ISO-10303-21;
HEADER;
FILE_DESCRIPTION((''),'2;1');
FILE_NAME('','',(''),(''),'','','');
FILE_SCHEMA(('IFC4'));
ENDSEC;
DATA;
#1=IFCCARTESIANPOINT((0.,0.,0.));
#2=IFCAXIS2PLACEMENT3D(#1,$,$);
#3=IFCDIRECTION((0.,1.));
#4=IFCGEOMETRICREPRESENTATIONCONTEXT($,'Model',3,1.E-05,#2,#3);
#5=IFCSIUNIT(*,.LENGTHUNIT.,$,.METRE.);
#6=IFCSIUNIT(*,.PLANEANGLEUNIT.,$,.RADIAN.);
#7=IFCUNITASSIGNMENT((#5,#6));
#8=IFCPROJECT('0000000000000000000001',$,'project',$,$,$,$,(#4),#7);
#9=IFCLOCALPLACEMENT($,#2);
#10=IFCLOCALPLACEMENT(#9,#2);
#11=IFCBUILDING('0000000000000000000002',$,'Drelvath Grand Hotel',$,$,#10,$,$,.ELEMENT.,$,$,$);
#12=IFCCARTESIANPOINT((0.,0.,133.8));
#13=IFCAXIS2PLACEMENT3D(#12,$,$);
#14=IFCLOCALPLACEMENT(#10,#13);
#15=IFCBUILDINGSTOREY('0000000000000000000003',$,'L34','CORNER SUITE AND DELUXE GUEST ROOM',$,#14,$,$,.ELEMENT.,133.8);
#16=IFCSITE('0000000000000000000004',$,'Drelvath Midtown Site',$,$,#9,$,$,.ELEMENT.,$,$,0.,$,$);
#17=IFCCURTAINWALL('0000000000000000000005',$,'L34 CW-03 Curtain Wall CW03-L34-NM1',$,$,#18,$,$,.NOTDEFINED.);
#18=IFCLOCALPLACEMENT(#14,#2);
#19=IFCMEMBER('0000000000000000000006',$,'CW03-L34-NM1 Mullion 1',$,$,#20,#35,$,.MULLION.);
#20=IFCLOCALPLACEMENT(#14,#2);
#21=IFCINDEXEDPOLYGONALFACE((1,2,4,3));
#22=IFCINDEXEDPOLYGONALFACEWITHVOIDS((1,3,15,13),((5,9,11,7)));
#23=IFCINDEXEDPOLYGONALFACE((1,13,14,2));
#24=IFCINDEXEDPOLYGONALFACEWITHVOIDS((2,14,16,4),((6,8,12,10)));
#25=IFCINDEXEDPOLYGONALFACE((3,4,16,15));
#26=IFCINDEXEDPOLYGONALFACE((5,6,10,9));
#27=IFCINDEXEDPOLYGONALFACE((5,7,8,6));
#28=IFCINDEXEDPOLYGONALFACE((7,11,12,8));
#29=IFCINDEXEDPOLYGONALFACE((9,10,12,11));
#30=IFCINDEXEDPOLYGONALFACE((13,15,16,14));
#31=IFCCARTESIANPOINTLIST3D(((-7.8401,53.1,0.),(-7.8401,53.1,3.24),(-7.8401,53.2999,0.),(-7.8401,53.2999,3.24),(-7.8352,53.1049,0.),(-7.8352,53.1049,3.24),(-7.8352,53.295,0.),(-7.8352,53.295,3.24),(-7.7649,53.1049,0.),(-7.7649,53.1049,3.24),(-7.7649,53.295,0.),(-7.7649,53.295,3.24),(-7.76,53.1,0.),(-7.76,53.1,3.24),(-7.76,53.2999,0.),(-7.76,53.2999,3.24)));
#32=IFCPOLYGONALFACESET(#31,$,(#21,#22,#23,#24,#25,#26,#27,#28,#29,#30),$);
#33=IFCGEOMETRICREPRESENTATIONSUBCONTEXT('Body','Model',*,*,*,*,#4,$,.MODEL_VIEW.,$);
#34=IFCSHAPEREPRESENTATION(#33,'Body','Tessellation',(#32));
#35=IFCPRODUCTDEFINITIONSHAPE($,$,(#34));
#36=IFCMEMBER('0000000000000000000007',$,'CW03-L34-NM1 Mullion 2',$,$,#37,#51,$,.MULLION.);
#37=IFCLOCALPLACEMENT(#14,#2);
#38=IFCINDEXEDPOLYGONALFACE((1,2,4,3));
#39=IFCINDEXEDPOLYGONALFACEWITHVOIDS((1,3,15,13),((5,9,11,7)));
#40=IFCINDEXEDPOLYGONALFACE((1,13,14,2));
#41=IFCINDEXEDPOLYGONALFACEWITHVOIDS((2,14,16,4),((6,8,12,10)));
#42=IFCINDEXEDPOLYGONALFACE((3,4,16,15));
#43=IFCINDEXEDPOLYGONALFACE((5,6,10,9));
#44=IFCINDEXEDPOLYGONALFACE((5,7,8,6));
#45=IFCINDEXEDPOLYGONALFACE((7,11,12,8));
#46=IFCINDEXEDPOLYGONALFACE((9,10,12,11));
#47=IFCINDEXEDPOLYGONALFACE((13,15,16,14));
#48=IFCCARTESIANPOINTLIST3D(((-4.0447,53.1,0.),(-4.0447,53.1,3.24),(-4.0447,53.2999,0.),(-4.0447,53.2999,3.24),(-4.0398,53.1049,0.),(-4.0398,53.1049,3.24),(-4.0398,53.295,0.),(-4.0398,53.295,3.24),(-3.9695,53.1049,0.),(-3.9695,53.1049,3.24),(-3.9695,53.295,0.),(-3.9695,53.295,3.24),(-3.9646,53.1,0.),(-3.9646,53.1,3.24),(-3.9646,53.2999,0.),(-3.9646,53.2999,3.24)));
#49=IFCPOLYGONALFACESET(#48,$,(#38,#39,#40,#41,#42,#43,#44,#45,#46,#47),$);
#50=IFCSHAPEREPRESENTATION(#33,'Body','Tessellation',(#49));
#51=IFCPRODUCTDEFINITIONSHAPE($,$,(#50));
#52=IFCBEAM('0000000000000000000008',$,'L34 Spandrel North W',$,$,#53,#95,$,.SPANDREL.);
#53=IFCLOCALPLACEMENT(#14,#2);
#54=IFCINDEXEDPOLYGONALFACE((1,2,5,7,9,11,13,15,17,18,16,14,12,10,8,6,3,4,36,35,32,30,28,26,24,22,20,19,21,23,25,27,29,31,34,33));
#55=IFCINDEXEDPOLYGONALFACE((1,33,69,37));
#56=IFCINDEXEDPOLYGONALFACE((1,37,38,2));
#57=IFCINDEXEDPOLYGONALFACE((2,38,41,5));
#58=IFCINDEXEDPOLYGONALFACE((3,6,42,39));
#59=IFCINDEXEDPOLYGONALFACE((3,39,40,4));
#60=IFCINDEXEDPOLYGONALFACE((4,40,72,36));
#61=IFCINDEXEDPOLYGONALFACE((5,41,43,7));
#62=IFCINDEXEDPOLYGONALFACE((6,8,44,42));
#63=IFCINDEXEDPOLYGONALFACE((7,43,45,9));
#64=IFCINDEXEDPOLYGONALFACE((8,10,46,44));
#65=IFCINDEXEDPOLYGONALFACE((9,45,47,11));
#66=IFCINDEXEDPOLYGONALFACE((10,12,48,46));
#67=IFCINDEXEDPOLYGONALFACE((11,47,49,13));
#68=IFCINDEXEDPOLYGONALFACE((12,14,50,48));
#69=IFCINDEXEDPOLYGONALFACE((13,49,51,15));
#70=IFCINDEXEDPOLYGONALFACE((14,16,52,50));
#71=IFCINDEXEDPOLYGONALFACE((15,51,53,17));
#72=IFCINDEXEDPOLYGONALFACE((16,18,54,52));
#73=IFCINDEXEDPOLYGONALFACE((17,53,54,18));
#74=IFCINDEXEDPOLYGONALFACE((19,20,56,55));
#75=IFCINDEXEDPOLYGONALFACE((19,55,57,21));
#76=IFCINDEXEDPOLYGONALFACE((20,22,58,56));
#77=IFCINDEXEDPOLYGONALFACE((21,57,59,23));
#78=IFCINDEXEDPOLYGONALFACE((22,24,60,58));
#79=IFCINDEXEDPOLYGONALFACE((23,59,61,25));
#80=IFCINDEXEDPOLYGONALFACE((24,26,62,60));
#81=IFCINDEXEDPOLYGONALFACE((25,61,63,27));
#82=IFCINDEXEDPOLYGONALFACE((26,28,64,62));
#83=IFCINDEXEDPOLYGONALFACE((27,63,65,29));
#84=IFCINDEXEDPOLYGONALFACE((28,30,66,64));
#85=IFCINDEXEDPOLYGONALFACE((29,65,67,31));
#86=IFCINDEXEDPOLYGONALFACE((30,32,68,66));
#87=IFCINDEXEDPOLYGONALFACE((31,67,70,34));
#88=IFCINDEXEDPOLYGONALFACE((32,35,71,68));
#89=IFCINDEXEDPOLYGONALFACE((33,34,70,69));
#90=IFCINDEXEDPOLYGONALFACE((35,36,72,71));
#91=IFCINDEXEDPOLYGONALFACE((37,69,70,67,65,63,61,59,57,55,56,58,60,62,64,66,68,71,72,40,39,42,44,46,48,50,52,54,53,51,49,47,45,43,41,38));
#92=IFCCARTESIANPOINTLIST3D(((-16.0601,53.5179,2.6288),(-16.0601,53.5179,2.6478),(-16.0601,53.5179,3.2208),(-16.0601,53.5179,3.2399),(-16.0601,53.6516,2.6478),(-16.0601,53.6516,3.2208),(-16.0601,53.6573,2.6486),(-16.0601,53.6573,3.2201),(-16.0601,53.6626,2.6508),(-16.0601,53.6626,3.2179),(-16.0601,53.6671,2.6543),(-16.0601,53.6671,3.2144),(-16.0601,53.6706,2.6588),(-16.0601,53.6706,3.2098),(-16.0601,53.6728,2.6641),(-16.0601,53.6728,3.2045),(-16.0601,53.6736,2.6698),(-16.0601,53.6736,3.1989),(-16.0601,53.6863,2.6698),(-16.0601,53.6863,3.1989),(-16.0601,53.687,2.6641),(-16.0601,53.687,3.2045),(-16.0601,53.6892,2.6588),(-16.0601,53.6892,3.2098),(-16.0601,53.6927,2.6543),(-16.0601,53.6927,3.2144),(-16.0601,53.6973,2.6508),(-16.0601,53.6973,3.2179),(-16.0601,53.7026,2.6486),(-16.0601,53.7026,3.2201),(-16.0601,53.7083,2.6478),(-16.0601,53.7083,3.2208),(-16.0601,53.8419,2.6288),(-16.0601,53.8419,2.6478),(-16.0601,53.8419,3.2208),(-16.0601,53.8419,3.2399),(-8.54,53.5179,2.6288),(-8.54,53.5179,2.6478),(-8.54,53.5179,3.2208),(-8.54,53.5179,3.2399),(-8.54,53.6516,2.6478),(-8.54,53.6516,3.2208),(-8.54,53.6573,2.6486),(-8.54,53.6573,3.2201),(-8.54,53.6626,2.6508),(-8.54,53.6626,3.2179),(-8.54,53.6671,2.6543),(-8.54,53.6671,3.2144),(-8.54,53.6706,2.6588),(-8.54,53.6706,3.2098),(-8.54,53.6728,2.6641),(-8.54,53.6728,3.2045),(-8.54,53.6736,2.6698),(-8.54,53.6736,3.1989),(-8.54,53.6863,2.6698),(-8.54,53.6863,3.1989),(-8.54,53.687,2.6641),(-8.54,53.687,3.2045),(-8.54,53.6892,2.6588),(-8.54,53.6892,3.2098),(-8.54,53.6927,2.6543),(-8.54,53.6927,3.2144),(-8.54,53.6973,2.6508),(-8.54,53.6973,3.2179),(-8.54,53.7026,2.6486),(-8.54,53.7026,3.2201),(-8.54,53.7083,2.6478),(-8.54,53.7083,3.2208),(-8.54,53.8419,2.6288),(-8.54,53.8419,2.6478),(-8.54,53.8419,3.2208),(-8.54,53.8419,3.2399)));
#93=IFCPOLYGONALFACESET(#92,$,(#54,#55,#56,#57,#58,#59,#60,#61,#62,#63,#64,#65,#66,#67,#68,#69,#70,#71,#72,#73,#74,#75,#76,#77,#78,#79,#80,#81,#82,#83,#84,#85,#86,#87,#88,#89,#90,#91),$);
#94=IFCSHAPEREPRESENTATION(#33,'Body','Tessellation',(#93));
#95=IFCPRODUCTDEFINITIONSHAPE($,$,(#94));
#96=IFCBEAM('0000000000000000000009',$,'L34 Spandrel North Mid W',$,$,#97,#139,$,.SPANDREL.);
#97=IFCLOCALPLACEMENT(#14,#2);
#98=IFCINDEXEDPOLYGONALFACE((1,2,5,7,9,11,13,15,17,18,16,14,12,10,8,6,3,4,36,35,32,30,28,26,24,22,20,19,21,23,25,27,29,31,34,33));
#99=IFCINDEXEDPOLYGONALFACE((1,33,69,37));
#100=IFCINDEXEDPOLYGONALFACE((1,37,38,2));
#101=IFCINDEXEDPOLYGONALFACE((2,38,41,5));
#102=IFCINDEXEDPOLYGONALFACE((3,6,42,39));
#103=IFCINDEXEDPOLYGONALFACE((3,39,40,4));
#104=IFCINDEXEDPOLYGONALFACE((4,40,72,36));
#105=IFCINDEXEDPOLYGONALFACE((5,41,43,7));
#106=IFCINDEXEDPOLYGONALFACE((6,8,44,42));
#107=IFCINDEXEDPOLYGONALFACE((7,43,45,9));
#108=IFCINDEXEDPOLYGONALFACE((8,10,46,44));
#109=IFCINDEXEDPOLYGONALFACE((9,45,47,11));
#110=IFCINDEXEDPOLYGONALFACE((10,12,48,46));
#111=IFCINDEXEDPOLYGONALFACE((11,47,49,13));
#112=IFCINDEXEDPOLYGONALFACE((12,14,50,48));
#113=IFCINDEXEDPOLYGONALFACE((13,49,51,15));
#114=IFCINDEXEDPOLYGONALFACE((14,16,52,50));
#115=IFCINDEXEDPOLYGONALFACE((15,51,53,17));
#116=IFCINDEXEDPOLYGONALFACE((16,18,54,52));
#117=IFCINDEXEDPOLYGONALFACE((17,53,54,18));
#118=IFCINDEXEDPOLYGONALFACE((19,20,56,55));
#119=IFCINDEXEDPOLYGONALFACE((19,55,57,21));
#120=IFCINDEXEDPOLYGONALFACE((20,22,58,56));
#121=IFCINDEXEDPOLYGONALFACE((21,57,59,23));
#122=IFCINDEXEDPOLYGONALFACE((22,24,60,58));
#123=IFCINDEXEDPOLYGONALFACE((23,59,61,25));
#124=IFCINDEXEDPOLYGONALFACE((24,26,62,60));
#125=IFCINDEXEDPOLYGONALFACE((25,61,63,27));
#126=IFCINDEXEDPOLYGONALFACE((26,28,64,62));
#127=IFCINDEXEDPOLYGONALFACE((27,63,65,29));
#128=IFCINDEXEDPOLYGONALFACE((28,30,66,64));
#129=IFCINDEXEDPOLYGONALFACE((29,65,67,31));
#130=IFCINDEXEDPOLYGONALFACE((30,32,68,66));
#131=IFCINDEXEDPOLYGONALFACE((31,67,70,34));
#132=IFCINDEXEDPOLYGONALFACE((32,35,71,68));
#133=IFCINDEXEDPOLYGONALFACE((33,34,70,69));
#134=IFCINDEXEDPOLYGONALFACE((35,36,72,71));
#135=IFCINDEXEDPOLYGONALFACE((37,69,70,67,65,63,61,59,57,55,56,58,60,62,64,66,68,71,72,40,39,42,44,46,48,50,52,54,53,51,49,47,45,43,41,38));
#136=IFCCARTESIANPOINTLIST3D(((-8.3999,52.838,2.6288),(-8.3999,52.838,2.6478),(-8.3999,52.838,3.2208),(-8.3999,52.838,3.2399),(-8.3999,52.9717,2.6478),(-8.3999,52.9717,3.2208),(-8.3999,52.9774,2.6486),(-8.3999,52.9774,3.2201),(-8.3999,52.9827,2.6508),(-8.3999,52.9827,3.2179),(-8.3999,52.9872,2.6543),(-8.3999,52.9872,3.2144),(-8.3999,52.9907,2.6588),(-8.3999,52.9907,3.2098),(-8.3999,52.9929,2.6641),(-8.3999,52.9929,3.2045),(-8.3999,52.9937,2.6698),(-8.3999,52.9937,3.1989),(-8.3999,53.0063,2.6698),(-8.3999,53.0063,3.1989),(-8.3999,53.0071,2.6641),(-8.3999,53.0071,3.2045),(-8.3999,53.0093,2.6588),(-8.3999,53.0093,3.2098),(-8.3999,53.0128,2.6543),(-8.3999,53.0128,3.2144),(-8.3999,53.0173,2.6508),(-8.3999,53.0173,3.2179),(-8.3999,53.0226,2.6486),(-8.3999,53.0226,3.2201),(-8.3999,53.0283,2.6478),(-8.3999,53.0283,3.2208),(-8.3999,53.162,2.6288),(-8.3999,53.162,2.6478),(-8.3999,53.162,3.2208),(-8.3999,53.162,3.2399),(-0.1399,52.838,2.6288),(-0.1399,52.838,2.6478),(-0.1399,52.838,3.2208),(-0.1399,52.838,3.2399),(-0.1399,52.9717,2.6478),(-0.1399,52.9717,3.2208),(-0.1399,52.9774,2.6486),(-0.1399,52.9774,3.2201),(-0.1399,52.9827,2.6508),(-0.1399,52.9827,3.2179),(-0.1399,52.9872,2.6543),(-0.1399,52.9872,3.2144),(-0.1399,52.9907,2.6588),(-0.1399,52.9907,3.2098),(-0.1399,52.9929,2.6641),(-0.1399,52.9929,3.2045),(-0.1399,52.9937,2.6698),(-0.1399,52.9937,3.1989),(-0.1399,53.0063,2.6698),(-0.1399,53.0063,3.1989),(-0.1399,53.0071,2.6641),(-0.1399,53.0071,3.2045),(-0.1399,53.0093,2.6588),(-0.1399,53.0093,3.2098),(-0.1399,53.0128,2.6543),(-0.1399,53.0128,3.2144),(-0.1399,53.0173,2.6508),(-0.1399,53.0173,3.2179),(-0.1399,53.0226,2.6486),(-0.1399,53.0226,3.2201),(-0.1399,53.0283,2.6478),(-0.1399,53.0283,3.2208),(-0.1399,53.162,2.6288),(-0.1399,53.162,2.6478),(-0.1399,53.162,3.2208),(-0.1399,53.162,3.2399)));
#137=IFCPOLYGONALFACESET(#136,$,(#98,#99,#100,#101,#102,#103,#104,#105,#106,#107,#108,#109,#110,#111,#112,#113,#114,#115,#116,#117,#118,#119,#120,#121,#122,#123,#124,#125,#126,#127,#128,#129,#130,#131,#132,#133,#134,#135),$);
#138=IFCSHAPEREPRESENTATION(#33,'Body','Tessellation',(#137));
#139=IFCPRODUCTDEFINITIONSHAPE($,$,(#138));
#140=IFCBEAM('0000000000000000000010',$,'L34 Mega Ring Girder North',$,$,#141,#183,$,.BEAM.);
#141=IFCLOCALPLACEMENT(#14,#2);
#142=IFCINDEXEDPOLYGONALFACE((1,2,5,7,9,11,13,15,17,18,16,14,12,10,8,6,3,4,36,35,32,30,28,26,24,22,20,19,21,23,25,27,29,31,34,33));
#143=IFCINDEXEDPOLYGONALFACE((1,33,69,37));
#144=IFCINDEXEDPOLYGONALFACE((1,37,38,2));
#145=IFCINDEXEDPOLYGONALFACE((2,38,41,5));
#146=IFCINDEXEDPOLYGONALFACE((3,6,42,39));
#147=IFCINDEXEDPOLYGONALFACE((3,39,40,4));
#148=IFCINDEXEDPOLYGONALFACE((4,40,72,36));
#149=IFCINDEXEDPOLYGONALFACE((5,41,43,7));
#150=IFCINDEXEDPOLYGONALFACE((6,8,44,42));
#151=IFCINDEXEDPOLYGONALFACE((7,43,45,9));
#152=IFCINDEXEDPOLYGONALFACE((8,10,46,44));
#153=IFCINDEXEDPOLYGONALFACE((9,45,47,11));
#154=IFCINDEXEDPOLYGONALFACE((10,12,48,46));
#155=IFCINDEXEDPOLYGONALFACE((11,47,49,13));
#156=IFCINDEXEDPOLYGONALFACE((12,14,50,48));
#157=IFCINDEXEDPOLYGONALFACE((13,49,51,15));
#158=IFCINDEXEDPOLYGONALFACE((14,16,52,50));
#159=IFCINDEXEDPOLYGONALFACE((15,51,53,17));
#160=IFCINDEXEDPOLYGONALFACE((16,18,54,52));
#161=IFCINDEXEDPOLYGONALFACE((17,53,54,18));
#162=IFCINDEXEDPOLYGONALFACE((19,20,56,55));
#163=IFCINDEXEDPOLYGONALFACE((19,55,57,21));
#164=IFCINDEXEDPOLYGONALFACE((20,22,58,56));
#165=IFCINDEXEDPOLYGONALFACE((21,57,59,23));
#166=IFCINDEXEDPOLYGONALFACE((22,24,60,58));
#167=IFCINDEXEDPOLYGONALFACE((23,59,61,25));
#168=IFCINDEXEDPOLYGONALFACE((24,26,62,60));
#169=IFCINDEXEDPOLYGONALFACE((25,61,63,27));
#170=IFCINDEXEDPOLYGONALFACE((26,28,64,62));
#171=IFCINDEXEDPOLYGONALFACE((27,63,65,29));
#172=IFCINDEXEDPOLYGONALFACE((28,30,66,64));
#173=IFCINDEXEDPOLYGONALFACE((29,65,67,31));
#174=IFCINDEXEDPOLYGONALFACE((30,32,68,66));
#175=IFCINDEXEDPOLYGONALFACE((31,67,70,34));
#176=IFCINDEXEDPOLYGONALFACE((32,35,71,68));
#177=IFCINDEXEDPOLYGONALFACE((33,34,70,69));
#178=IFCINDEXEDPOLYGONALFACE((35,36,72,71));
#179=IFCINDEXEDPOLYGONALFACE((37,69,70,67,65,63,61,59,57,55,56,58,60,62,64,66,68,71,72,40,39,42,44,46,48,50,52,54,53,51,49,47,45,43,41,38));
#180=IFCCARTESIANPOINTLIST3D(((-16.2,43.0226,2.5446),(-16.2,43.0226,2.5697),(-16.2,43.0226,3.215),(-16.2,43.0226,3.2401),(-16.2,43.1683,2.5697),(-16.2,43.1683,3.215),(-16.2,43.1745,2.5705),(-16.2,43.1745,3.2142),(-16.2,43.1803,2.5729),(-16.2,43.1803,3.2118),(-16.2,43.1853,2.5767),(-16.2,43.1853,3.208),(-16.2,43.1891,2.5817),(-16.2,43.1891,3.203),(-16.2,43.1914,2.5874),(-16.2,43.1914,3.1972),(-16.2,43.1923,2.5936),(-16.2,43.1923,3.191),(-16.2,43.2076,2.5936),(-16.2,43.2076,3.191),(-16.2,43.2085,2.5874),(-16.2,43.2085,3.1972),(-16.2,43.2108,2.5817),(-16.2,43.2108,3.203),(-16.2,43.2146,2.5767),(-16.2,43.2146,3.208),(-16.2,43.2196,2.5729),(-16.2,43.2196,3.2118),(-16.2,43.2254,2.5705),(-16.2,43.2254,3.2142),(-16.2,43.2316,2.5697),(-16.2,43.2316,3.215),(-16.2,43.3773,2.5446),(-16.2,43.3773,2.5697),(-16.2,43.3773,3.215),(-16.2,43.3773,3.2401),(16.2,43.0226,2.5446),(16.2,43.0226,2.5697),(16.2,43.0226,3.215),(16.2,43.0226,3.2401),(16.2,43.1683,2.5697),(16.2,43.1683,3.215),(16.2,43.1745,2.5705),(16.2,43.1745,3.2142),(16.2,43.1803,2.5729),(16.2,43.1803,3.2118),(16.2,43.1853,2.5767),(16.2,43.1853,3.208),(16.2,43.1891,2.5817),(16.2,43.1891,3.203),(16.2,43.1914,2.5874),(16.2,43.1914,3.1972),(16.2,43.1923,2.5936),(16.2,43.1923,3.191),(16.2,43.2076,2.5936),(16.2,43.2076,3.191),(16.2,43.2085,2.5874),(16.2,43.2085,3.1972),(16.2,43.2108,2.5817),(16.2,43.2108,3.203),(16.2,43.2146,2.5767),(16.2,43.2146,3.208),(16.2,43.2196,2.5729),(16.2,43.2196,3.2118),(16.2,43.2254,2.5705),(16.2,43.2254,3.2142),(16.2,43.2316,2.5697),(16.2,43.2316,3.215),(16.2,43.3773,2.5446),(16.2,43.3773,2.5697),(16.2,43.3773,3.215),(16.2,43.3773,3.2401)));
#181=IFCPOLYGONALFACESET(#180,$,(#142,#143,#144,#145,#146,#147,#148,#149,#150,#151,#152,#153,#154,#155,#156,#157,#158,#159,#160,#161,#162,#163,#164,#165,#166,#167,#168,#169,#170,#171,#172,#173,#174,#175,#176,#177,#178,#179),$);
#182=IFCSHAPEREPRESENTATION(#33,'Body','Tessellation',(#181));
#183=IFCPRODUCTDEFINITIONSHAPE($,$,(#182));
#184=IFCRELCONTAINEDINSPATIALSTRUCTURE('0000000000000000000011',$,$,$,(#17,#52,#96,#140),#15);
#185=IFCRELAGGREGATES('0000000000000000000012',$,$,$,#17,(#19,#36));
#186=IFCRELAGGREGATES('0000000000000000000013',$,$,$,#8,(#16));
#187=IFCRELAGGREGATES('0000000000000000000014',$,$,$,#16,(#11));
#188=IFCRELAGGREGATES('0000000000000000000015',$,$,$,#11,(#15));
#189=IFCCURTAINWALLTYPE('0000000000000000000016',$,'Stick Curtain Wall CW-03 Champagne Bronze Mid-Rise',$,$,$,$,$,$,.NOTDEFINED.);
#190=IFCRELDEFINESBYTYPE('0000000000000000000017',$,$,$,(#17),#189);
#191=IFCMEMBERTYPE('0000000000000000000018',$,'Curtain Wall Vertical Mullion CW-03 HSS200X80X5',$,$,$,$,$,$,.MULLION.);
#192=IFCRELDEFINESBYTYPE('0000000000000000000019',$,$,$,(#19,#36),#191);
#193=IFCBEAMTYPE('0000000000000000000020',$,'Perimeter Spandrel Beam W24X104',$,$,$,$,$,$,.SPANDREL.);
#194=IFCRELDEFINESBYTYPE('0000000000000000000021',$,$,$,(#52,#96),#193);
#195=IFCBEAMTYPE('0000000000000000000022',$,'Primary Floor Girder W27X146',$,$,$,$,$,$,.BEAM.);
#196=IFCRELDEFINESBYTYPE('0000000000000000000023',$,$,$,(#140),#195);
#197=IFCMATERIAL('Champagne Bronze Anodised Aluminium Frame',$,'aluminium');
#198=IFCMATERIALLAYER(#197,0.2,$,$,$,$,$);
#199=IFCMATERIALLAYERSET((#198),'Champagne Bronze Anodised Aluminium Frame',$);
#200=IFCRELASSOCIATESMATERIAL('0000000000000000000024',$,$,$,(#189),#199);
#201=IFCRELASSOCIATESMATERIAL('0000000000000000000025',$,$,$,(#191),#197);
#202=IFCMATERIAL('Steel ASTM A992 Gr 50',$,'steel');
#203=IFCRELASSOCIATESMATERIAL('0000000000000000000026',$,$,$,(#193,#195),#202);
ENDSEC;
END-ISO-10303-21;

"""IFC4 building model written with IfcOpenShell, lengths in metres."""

from ifc_helpers import new_model, si_unit, direction, frame, origin, origin_2d, place, context, subcontext, project, spatial, hollow_rectangle, i_section, extrude, material, layer, layer_set, material_profile, profile_set, type_object, element, aggregate, save


model = new_model("IFC4")

# Units and contexts
model_context = context("Model", 3, precision=1e-05, world=origin(), true_north=direction((0.0, 1.0)))
body_context = subcontext(model_context, "Body", "Model", "MODEL_VIEW")
ifc_project = project(units=[si_unit("LENGTHUNIT", "METRE"), si_unit("PLANEANGLEUNIT", "RADIAN")], contexts=[model_context])

# Site, building, storey
site_placement = place(None, origin())
site = spatial("IfcSite", under=ifc_project, at=site_placement, Name="Drelvath Midtown Site", CompositionType="ELEMENT", RefElevation=0.0)
building_placement = place(site_placement, origin())
building = spatial("IfcBuilding", under=site, at=building_placement, Name="Drelvath Grand Hotel", CompositionType="ELEMENT")
storey_placement = place(building_placement, frame((0.0, 0.0, 133.8)))
storey = spatial("IfcBuildingStorey", under=building, at=storey_placement, Name="L34", Description="CORNER SUITE AND DELUXE GUEST ROOM", CompositionType="ELEMENT", Elevation=133.8)

# Curtain wall
ifc_material_1 = material(Name="Champagne Bronze Anodised Aluminium Frame", Category="aluminium")
ifc_layer_1 = layer(ifc_material_1, 0.2)
ifc_layer_set_1 = layer_set([ifc_layer_1], Name="Champagne Bronze Anodised Aluminium Frame")
curtain_wall_type = type_object("IfcCurtainWallType", Name="Stick Curtain Wall CW-03 Champagne Bronze Mid-Rise", PredefinedType="NOTDEFINED", material=ifc_layer_set_1)
curtain_wall_1_placement = place(storey_placement, origin())
curtain_wall_1 = element("IfcCurtainWall", 1, at=curtain_wall_1_placement, inside=storey, type_object=curtain_wall_type, Name="L34 CW-03 Curtain Wall CW03-L34-NM1", PredefinedType="NOTDEFINED")

# Members
ifc_material_profile_1 = material_profile(ifc_material_1, hollow_rectangle(XDim=0.0801, YDim=0.2, WallThickness=0.0049, at=origin_2d()), Name="HSS200X80X5")
ifc_profile_set_1 = profile_set([ifc_material_profile_1], Name="Champagne Bronze Anodised Aluminium Frame")
member_type_1 = type_object("IfcMemberType", Name="Curtain Wall Vertical Mullion CW-03 HSS200X80X5", PredefinedType="MULLION", material=ifc_profile_set_1)
member_1_placement = place(storey_placement, frame((-7.8, 53.2, 0.0), z_axis=(0.0, 0.0, 1.0), x_axis=(1.0, 0.0, 0.0)))
member_1 = element("IfcMember", 2, at=member_1_placement, type_object=member_type_1, Name="CW03-L34-NM1 Mullion 1", PredefinedType="MULLION", context=body_context, shape_type="SweptSolid", body=[
    extrude(hollow_rectangle(XDim=0.0801, YDim=0.2, WallThickness=0.0049, at=origin_2d()), origin(), (0.0, 0.0, 1.0), 3.24),
])
member_2_placement = place(storey_placement, frame((-4.0046, 53.2, 0.0), z_axis=(0.0, 0.0, 1.0), x_axis=(1.0, 0.0, 0.0)))
member_2 = element("IfcMember", 3, at=member_2_placement, type_object=member_type_1, Name="CW03-L34-NM1 Mullion 2", PredefinedType="MULLION", context=body_context, shape_type="SweptSolid", body=[
    extrude(hollow_rectangle(XDim=0.0801, YDim=0.2, WallThickness=0.0049, at=origin_2d()), origin(), (0.0, 0.0, 1.0), 3.24),
])

# Beams
ifc_material_2 = material(Name="Steel ASTM A992 Gr 50", Category="steel")
ifc_material_profile_2 = material_profile(ifc_material_2, i_section(OverallWidth=0.324, OverallDepth=0.6111, WebThickness=0.0127, FlangeThickness=0.019, FilletRadius=0.022, at=origin_2d()), Name="W24X104")
ifc_profile_set_2 = profile_set([ifc_material_profile_2], Name="Steel ASTM A992 Gr 50")
beam_type_1 = type_object("IfcBeamType", Name="Perimeter Spandrel Beam W24X104", PredefinedType="SPANDREL", material=ifc_profile_set_2)
beam_1_placement = place(storey_placement, frame((-16.0601, 53.6799, 2.9343), z_axis=(1.0, 0.0, 0.0), x_axis=(0.0, 1.0, 0.0)))
element("IfcBeam", 4, at=beam_1_placement, inside=storey, type_object=beam_type_1, Name="L34 Spandrel North W", PredefinedType="SPANDREL", context=body_context, shape_type="SweptSolid", body=[
    extrude(i_section(OverallWidth=0.324, OverallDepth=0.6111, WebThickness=0.0127, FlangeThickness=0.019, FilletRadius=0.022, at=origin_2d()), origin(), (0.0, 0.0, 1.0), 7.52),
])
beam_2_placement = place(storey_placement, frame((-8.3999, 53.0, 2.9343), z_axis=(1.0, 0.0, 0.0), x_axis=(0.0, 1.0, 0.0)))
element("IfcBeam", 5, at=beam_2_placement, inside=storey, type_object=beam_type_1, Name="L34 Spandrel North Mid W", PredefinedType="SPANDREL", context=body_context, shape_type="SweptSolid", body=[
    extrude(i_section(OverallWidth=0.324, OverallDepth=0.6111, WebThickness=0.0127, FlangeThickness=0.019, FilletRadius=0.022, at=origin_2d()), origin(), (0.0, 0.0, 1.0), 8.26),
])
ifc_material_profile_3 = material_profile(ifc_material_2, i_section(OverallWidth=0.3547, OverallDepth=0.6956, WebThickness=0.0154, FlangeThickness=0.0251, FilletRadius=0.0239, at=origin_2d()), Name="W27X146")
ifc_profile_set_3 = profile_set([ifc_material_profile_3], Name="Steel ASTM A992 Gr 50")
beam_type_2 = type_object("IfcBeamType", Name="Primary Floor Girder W27X146", PredefinedType="BEAM", material=ifc_profile_set_3)
beam_3_placement = place(storey_placement, frame((-16.2, 43.2, 2.8923), z_axis=(1.0, 0.0, 0.0), x_axis=(0.0, 1.0, 0.0)))
element("IfcBeam", 6, at=beam_3_placement, inside=storey, type_object=beam_type_2, Name="L34 Mega Ring Girder North", PredefinedType="BEAM", context=body_context, shape_type="SweptSolid", body=[
    extrude(i_section(OverallWidth=0.3547, OverallDepth=0.6956, WebThickness=0.0154, FlangeThickness=0.0251, FilletRadius=0.0239, at=origin_2d()), origin(), (0.0, 0.0, 1.0), 32.3999),
])

aggregate(curtain_wall_1, [member_1, member_2])

save(model, "model.ifc")
